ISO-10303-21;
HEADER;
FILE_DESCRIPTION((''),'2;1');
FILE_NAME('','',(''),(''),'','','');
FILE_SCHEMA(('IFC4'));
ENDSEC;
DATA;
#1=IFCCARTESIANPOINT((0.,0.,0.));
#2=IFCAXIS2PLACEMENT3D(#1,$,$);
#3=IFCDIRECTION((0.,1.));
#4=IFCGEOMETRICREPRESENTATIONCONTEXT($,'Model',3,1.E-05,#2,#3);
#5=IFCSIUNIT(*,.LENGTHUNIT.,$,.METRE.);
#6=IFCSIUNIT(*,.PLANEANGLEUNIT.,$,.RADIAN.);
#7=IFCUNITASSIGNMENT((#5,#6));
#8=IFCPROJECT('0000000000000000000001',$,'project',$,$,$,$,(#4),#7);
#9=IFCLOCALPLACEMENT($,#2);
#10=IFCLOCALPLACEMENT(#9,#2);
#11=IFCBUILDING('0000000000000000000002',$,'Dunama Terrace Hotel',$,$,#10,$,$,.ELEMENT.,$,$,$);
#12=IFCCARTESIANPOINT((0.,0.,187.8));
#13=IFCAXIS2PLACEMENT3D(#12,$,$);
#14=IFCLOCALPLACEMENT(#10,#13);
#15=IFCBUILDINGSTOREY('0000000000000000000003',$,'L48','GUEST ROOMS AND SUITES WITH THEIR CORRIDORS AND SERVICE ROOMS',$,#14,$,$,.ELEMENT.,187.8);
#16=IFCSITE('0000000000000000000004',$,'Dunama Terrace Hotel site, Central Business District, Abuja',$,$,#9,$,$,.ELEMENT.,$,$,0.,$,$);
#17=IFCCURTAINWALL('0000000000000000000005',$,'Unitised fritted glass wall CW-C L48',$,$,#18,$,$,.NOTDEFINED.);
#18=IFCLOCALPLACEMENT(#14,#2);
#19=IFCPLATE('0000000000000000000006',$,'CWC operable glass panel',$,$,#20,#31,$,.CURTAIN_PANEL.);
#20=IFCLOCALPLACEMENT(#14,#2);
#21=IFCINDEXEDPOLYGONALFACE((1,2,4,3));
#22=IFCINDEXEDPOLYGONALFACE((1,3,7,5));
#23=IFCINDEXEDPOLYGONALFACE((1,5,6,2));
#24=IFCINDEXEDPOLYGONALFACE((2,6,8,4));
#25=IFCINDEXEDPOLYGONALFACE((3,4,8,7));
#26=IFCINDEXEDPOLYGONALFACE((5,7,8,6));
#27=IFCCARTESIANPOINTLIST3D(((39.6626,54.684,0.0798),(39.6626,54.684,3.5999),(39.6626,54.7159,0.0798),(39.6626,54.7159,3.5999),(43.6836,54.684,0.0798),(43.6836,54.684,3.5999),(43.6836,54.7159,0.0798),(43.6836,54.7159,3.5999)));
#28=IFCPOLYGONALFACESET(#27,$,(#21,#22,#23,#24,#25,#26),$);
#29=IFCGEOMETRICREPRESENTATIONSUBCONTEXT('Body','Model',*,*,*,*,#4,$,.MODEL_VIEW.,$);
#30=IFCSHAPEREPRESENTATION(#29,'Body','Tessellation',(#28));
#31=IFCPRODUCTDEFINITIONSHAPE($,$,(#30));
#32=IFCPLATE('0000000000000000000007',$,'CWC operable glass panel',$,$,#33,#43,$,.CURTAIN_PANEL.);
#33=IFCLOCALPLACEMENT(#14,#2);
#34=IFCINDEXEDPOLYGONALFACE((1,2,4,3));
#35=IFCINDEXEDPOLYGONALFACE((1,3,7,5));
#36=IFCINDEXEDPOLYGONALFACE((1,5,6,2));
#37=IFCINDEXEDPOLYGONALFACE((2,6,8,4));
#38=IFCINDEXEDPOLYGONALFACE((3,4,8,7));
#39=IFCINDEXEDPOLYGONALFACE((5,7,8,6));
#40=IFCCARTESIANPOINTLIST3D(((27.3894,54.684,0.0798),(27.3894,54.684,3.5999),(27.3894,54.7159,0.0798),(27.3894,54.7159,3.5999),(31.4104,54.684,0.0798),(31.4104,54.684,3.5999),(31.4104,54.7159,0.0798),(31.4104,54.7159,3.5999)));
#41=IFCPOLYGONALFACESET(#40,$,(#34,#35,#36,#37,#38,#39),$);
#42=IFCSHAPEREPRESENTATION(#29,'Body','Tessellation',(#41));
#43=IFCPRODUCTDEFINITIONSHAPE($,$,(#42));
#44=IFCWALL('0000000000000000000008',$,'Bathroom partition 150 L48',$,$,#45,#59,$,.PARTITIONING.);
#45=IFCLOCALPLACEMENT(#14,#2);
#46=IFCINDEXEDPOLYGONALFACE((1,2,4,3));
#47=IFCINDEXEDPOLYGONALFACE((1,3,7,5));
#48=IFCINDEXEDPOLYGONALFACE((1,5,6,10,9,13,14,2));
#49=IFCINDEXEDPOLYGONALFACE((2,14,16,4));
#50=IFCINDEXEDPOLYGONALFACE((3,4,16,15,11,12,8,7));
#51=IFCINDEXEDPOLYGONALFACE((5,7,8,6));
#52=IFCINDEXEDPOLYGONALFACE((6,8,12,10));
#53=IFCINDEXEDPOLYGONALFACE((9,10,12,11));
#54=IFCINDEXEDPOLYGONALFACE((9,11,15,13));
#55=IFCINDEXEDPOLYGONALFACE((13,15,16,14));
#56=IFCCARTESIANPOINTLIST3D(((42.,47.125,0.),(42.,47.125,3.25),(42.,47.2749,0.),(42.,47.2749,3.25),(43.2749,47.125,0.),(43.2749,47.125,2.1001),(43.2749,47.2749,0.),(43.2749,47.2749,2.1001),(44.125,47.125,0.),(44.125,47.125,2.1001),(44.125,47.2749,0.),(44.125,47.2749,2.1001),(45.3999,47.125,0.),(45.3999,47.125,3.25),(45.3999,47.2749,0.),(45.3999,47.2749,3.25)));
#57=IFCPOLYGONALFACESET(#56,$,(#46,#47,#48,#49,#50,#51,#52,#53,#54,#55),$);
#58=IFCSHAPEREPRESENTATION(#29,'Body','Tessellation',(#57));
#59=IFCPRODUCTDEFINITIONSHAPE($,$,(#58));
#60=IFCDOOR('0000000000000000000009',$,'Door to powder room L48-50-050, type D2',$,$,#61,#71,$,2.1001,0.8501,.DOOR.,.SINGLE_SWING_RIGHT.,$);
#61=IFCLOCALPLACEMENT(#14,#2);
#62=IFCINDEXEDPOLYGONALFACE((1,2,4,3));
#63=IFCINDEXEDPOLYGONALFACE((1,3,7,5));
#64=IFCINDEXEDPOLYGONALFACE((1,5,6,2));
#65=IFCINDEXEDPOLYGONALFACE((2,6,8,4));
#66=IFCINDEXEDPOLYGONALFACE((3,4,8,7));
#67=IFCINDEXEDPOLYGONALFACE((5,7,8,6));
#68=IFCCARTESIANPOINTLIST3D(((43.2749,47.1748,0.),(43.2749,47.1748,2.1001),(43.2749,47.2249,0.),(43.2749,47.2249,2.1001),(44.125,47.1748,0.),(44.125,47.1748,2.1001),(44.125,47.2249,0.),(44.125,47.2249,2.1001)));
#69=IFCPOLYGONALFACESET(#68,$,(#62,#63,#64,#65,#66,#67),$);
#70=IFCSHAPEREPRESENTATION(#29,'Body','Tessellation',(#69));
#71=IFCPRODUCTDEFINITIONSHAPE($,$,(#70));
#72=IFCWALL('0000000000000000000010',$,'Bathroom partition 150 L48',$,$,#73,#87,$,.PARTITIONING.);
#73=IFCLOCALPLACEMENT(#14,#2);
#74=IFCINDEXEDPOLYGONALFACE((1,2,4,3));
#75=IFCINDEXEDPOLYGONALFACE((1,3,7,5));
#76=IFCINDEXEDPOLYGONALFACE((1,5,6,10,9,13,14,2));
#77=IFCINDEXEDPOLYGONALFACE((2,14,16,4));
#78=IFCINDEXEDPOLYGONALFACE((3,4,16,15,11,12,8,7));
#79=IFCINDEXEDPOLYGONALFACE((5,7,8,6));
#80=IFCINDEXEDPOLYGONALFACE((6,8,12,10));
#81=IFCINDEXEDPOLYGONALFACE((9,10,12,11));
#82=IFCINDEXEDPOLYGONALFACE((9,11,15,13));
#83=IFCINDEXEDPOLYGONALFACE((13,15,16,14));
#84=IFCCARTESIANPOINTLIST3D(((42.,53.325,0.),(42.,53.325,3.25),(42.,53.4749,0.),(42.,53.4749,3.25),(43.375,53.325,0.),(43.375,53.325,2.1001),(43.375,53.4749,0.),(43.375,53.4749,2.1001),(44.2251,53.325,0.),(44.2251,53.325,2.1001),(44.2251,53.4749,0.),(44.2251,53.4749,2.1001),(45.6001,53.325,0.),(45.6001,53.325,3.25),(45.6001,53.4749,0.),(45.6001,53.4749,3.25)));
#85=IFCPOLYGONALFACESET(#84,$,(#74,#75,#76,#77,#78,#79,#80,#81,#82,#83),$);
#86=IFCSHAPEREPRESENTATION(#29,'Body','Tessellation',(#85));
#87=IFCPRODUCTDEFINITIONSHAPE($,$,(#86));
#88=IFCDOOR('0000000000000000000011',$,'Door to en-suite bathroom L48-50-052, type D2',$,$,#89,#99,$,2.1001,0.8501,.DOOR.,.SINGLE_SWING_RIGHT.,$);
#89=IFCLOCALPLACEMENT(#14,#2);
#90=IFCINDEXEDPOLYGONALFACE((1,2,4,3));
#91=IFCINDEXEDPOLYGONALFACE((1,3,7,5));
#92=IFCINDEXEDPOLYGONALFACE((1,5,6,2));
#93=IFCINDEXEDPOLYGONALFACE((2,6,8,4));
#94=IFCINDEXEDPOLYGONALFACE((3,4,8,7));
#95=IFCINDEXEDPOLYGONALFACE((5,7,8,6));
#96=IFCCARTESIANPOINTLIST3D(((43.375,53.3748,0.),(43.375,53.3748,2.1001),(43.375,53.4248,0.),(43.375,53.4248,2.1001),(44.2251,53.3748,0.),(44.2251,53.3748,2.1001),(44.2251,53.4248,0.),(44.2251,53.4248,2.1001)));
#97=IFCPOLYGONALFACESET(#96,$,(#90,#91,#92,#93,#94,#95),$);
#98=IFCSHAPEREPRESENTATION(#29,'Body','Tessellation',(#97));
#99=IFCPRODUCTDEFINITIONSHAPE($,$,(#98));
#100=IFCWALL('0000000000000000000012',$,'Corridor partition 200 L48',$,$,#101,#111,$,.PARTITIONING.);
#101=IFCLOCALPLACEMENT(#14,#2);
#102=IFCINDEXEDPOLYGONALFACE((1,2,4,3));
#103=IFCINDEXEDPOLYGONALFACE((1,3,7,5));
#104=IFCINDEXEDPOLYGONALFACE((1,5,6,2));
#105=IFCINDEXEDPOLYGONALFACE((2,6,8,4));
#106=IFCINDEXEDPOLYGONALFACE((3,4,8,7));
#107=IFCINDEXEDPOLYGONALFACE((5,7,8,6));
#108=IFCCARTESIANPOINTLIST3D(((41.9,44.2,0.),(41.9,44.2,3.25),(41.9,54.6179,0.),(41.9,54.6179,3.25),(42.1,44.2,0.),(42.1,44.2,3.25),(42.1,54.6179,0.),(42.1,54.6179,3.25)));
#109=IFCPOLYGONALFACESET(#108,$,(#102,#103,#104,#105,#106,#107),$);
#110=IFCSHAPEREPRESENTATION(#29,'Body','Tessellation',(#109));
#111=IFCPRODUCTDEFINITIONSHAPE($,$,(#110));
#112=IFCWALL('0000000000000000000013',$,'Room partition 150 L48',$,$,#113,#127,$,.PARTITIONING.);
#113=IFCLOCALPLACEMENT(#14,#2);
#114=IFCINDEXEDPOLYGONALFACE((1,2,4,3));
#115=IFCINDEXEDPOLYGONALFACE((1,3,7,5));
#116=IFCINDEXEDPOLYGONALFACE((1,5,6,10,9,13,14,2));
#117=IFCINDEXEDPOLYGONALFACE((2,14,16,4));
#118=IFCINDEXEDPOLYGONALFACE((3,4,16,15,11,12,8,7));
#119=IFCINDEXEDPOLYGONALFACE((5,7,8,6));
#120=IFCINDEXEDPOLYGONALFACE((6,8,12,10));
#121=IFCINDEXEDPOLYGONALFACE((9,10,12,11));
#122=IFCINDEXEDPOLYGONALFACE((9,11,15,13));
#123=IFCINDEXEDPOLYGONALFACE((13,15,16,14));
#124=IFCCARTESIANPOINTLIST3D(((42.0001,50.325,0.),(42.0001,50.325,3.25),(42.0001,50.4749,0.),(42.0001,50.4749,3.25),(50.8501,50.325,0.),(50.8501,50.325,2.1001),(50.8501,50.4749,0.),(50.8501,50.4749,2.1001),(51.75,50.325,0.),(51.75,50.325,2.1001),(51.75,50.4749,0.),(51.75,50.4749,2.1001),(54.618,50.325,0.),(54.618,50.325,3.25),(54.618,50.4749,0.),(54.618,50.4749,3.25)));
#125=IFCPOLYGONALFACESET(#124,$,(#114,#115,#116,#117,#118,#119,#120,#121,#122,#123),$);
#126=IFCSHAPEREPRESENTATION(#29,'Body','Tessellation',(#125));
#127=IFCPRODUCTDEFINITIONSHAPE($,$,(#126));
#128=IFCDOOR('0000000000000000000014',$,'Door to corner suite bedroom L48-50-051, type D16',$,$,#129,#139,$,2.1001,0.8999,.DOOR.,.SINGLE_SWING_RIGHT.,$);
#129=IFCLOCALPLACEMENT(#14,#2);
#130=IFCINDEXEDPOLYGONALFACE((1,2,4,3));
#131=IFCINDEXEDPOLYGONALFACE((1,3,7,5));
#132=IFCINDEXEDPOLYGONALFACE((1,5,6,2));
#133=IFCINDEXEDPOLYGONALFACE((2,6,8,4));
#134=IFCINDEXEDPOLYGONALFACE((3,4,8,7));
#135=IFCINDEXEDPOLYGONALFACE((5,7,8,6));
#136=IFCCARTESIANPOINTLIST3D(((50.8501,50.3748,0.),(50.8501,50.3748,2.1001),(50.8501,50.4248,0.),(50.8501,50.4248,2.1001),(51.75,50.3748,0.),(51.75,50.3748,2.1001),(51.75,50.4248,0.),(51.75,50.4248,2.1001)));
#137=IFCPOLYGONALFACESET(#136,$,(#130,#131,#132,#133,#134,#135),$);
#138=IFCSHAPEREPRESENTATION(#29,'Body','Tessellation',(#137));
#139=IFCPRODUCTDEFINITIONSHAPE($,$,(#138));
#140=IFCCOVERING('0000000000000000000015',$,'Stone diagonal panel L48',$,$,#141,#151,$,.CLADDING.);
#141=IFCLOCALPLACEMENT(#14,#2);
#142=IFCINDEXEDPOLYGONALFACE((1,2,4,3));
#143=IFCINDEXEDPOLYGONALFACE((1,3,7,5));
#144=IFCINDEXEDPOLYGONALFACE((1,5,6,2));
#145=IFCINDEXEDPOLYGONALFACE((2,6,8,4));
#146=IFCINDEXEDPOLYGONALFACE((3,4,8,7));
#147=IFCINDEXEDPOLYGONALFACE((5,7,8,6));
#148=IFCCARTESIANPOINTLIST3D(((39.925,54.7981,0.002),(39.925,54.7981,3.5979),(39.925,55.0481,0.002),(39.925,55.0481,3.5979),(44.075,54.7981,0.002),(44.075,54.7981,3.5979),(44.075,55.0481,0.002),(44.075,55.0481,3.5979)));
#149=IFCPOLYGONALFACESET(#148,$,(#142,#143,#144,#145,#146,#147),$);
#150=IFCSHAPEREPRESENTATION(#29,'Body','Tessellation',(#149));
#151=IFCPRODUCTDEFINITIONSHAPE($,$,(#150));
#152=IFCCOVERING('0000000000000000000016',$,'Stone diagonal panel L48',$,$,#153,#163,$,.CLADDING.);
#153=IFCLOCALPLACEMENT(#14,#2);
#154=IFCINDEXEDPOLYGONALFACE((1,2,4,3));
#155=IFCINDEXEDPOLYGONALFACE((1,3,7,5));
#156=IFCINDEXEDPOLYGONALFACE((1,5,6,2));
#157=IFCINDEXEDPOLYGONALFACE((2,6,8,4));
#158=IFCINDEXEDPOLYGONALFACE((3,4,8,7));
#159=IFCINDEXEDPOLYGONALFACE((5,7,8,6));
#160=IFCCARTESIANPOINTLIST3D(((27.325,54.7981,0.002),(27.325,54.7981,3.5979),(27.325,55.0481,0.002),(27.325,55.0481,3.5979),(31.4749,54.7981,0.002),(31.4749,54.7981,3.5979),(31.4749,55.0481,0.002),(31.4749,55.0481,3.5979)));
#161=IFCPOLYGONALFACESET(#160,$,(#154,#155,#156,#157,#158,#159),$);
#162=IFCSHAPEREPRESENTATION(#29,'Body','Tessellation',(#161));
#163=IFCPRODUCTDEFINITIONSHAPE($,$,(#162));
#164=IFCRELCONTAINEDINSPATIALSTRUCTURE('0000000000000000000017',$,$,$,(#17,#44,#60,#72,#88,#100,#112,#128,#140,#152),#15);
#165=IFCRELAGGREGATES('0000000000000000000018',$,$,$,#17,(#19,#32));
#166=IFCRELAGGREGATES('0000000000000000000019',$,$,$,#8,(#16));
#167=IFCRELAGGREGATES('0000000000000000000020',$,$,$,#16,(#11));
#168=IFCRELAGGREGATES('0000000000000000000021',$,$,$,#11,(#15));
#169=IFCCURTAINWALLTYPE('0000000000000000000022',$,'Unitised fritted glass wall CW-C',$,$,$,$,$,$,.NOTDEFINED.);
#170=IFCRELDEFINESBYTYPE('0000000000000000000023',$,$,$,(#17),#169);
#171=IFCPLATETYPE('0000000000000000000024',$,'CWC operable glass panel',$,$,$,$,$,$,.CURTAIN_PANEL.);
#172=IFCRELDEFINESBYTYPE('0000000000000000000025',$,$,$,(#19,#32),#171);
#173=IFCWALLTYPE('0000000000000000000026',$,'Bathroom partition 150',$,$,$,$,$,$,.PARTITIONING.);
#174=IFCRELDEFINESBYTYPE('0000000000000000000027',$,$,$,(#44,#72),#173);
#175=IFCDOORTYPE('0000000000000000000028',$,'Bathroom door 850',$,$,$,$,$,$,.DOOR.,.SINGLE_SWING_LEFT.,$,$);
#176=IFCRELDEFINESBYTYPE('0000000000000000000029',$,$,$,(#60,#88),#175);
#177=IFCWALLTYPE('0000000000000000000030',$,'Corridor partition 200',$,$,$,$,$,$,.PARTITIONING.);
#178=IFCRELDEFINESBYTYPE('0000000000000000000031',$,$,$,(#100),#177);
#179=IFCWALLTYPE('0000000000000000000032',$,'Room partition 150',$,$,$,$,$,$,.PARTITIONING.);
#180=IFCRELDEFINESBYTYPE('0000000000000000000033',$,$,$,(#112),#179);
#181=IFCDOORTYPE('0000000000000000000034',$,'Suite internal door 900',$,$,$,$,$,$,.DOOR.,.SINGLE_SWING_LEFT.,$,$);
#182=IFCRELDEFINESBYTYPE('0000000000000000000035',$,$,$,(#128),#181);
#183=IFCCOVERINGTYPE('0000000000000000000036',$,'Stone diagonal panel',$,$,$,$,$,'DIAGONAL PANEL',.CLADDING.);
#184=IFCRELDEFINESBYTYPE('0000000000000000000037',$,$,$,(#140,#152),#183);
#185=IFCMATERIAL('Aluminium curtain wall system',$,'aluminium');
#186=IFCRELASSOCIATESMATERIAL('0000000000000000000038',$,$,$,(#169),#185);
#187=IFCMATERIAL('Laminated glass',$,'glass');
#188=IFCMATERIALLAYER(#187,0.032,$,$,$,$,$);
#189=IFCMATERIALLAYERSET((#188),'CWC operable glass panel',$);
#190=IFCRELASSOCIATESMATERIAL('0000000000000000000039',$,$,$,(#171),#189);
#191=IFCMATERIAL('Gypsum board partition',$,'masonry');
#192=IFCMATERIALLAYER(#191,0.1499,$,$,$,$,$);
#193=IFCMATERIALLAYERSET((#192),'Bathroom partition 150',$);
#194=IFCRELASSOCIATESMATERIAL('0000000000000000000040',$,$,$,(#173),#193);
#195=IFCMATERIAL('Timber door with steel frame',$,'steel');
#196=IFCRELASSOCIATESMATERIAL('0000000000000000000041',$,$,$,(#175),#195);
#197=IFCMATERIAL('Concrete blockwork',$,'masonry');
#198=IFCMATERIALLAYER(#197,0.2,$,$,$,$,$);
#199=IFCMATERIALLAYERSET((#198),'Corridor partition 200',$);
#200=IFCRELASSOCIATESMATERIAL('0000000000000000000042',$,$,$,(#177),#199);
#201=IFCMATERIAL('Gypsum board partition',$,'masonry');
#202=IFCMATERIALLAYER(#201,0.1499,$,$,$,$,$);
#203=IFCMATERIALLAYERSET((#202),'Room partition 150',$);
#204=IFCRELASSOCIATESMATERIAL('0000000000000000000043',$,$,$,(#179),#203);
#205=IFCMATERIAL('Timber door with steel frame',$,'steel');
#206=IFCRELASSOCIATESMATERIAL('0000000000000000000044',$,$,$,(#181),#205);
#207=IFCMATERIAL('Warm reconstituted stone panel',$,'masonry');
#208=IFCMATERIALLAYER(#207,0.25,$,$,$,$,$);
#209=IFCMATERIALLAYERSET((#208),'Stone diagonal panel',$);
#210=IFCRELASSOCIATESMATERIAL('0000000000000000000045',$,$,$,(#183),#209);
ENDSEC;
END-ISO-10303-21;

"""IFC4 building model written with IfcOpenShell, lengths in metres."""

from ifc_helpers import new_model, si_unit, direction, frame, frame_2d, origin, origin_2d, place, context, subcontext, project, spatial, rectangle, extrude, material, layer, layer_set, type_object, element, fill, aggregate, save


model = new_model("IFC4")

# Units and contexts
model_context = context("Model", 3, precision=1e-05, world=origin(), true_north=direction((0.0, 1.0)))
body_context = subcontext(model_context, "Body", "Model", "MODEL_VIEW")
ifc_project = project(units=[si_unit("LENGTHUNIT", "METRE"), si_unit("PLANEANGLEUNIT", "RADIAN")], contexts=[model_context])

# Site, building, storey
site_placement = place(None, origin())
site = spatial("IfcSite", under=ifc_project, at=site_placement, Name="Dunama Terrace Hotel site, Central Business District, Abuja", CompositionType="ELEMENT", RefElevation=0.0)
building_placement = place(site_placement, origin())
building = spatial("IfcBuilding", under=site, at=building_placement, Name="Dunama Terrace Hotel", CompositionType="ELEMENT")
storey_placement = place(building_placement, frame((0.0, 0.0, 187.8)))
storey = spatial("IfcBuildingStorey", under=building, at=storey_placement, Name="L48", Description="GUEST ROOMS AND SUITES WITH THEIR CORRIDORS AND SERVICE ROOMS", CompositionType="ELEMENT", Elevation=187.8)

# Curtain wall
ifc_material_1 = material(Name="Aluminium curtain wall system", Category="aluminium")
curtain_wall_type = type_object("IfcCurtainWallType", Name="Unitised fritted glass wall CW-C", PredefinedType="NOTDEFINED", material=ifc_material_1)
curtain_wall_placement = place(storey_placement, origin())
curtain_wall = element("IfcCurtainWall", 1, at=curtain_wall_placement, inside=storey, type_object=curtain_wall_type, Name="Unitised fritted glass wall CW-C L48", PredefinedType="NOTDEFINED")

# Plates
ifc_material_2 = material(Name="Laminated glass", Category="glass")
ifc_layer_1 = layer(ifc_material_2, 0.032)
ifc_layer_set_1 = layer_set([ifc_layer_1], Name="CWC operable glass panel")
plate_type_1 = type_object("IfcPlateType", Name="CWC operable glass panel", PredefinedType="CURTAIN_PANEL", material=ifc_layer_set_1)
plate_1_placement = place(storey_placement, frame((41.6731, 54.7, 0.0798), z_axis=(0.0, 0.0, 1.0), x_axis=(-1.0, 0.0, 0.0)))
plate_1 = element("IfcPlate", 2, at=plate_1_placement, type_object=plate_type_1, Name="CWC operable glass panel", PredefinedType="CURTAIN_PANEL", context=body_context, shape_type="SweptSolid", body=[
    extrude(rectangle(XDim=4.021, YDim=0.032, at=origin_2d()), origin(), (0.0, 0.0, 1.0), 3.52),
])
plate_2_placement = place(storey_placement, frame((29.3999, 54.7, 0.0798), z_axis=(0.0, 0.0, 1.0), x_axis=(-1.0, 0.0, 0.0)))
plate_2 = element("IfcPlate", 3, at=plate_2_placement, type_object=plate_type_1, Name="CWC operable glass panel", PredefinedType="CURTAIN_PANEL", context=body_context, shape_type="SweptSolid", body=[
    extrude(rectangle(XDim=4.021, YDim=0.032, at=origin_2d()), origin(), (0.0, 0.0, 1.0), 3.52),
])
aggregate(curtain_wall, [plate_1, plate_2])

# Walls, openings, doors
ifc_material_3 = material(Name="Gypsum board partition", Category="masonry")
ifc_layer_2 = layer(ifc_material_3, 0.1499)
ifc_layer_set_2 = layer_set([ifc_layer_2], Name="Bathroom partition 150")
wall_type_1 = type_object("IfcWallType", Name="Bathroom partition 150", PredefinedType="PARTITIONING", material=ifc_layer_set_2)
wall_1_placement = place(storey_placement, frame((42.0, 47.2, 0.0), z_axis=(0.0, 0.0, 1.0), x_axis=(1.0, 0.0, 0.0)))
wall_1 = element("IfcWall", 4, at=wall_1_placement, inside=storey, type_object=wall_type_1, Name="Bathroom partition 150 L48", PredefinedType="PARTITIONING", context=body_context, shape_type="SweptSolid", body=[
    extrude(rectangle(XDim=3.3999, YDim=0.1499, at=frame_2d((1.7, 0.0))), origin(), (0.0, 0.0, 1.0), 3.25),
])
opening_1_placement = place(wall_1_placement, frame((1.2749, 0.0, 0.0)))
opening_1 = element("IfcOpeningElement", 5, at=opening_1_placement, cuts=wall_1, PredefinedType="OPENING", context=body_context, shape_type="SweptSolid", body=[
    extrude(rectangle(XDim=0.8501, YDim=2.1001, at=frame_2d((0.425, 1.05))), frame((0.0, 0.085, 0.0), z_axis=(0.0, -1.0, 0.0), x_axis=(1.0, 0.0, 0.0)), (0.0, 0.0, 1.0), 0.1699),
])
ifc_material_4 = material(Name="Timber door with steel frame", Category="steel")
door_type_1 = type_object("IfcDoorType", Name="Bathroom door 850", OperationType="SINGLE_SWING_LEFT", PredefinedType="DOOR", material=ifc_material_4)
door_1_placement = place(opening_1_placement, frame((0.8501, 0.0, 0.0), z_axis=(0.0, 0.0, 1.0), x_axis=(-1.0, 0.0, 0.0)))
door_1 = element("IfcDoor", 6, at=door_1_placement, inside=storey, type_object=door_type_1, Name="Door to powder room L48-50-050, type D2", OperationType="SINGLE_SWING_RIGHT", OverallHeight=2.1001, OverallWidth=0.8501, PredefinedType="DOOR", context=body_context, shape_type="SweptSolid", body=[
    extrude(rectangle(XDim=0.8501, YDim=2.1001, at=frame_2d((0.425, 1.05))), frame((0.0, 0.0251, 0.0), z_axis=(0.0, -1.0, 0.0), x_axis=(1.0, 0.0, 0.0)), (0.0, 0.0, 1.0), 0.05),
])
fill(opening_1, door_1)
wall_2_placement = place(storey_placement, frame((42.0, 53.3999, 0.0), z_axis=(0.0, 0.0, 1.0), x_axis=(1.0, 0.0, 0.0)))
wall_2 = element("IfcWall", 7, at=wall_2_placement, inside=storey, type_object=wall_type_1, Name="Bathroom partition 150 L48", PredefinedType="PARTITIONING", context=body_context, shape_type="SweptSolid", body=[
    extrude(rectangle(XDim=3.6001, YDim=0.1499, at=frame_2d((1.8, 0.0))), origin(), (0.0, 0.0, 1.0), 3.25),
])
opening_2_placement = place(wall_2_placement, frame((1.375, 0.0, 0.0)))
opening_2 = element("IfcOpeningElement", 8, at=opening_2_placement, cuts=wall_2, PredefinedType="OPENING", context=body_context, shape_type="SweptSolid", body=[
    extrude(rectangle(XDim=0.8501, YDim=2.1001, at=frame_2d((0.425, 1.05))), frame((0.0, 0.085, 0.0), z_axis=(0.0, -1.0, 0.0), x_axis=(1.0, 0.0, 0.0)), (0.0, 0.0, 1.0), 0.1699),
])
door_2_placement = place(opening_2_placement, frame((0.8501, 0.0, 0.0), z_axis=(0.0, 0.0, 1.0), x_axis=(-1.0, 0.0, 0.0)))
door_2 = element("IfcDoor", 9, at=door_2_placement, inside=storey, type_object=door_type_1, Name="Door to en-suite bathroom L48-50-052, type D2", OperationType="SINGLE_SWING_RIGHT", OverallHeight=2.1001, OverallWidth=0.8501, PredefinedType="DOOR", context=body_context, shape_type="SweptSolid", body=[
    extrude(rectangle(XDim=0.8501, YDim=2.1001, at=frame_2d((0.425, 1.05))), frame((0.0, 0.0251, 0.0), z_axis=(0.0, -1.0, 0.0), x_axis=(1.0, 0.0, 0.0)), (0.0, 0.0, 1.0), 0.05),
])
fill(opening_2, door_2)

# Wall
ifc_material_5 = material(Name="Concrete blockwork", Category="masonry")
ifc_layer_3 = layer(ifc_material_5, 0.2)
ifc_layer_set_3 = layer_set([ifc_layer_3], Name="Corridor partition 200")
wall_type_2 = type_object("IfcWallType", Name="Corridor partition 200", PredefinedType="PARTITIONING", material=ifc_layer_set_3)
wall_3_placement = place(storey_placement, frame((42.0, 54.6179, 0.0), z_axis=(0.0, 0.0, 1.0), x_axis=(0.0, -1.0, 0.0)))
element("IfcWall", 10, at=wall_3_placement, inside=storey, type_object=wall_type_2, Name="Corridor partition 200 L48", PredefinedType="PARTITIONING", context=body_context, shape_type="SweptSolid", body=[
    extrude(rectangle(XDim=10.418, YDim=0.2, at=frame_2d((5.209, 0.0))), origin(), (0.0, 0.0, 1.0), 3.25),
])

# Wall, opening, door
ifc_material_6 = material(Name="Gypsum board partition", Category="masonry")
ifc_layer_4 = layer(ifc_material_6, 0.1499)
ifc_layer_set_4 = layer_set([ifc_layer_4], Name="Room partition 150")
wall_type_3 = type_object("IfcWallType", Name="Room partition 150", PredefinedType="PARTITIONING", material=ifc_layer_set_4)
wall_4_placement = place(storey_placement, frame((42.0, 50.3999, 0.0), z_axis=(0.0, 0.0, 1.0), x_axis=(1.0, 0.0, 0.0)))
wall_4 = element("IfcWall", 11, at=wall_4_placement, inside=storey, type_object=wall_type_3, Name="Room partition 150 L48", PredefinedType="PARTITIONING", context=body_context, shape_type="SweptSolid", body=[
    extrude(rectangle(XDim=12.6179, YDim=0.1499, at=frame_2d((6.3091, 0.0))), origin(), (0.0, 0.0, 1.0), 3.25),
])
opening_3_placement = place(wall_4_placement, frame((8.8501, 0.0, 0.0)))
opening_3 = element("IfcOpeningElement", 12, at=opening_3_placement, cuts=wall_4, PredefinedType="OPENING", context=body_context, shape_type="SweptSolid", body=[
    extrude(rectangle(XDim=0.8999, YDim=2.1001, at=frame_2d((0.45, 1.05))), frame((0.0, 0.085, 0.0), z_axis=(0.0, -1.0, 0.0), x_axis=(1.0, 0.0, 0.0)), (0.0, 0.0, 1.0), 0.1699),
])
ifc_material_7 = material(Name="Timber door with steel frame", Category="steel")
door_type_2 = type_object("IfcDoorType", Name="Suite internal door 900", OperationType="SINGLE_SWING_LEFT", PredefinedType="DOOR", material=ifc_material_7)
door_3_placement = place(opening_3_placement, origin())
door_3 = element("IfcDoor", 13, at=door_3_placement, inside=storey, type_object=door_type_2, Name="Door to corner suite bedroom L48-50-051, type D16", OperationType="SINGLE_SWING_RIGHT", OverallHeight=2.1001, OverallWidth=0.8999, PredefinedType="DOOR", context=body_context, shape_type="SweptSolid", body=[
    extrude(rectangle(XDim=0.8999, YDim=2.1001, at=frame_2d((0.45, 1.05))), frame((0.0, 0.0249, 0.0), z_axis=(0.0, -1.0, 0.0), x_axis=(1.0, 0.0, 0.0)), (0.0, 0.0, 1.0), 0.05),
])
fill(opening_3, door_3)

# Coverings
ifc_material_8 = material(Name="Warm reconstituted stone panel", Category="masonry")
ifc_layer_5 = layer(ifc_material_8, 0.25)
ifc_layer_set_5 = layer_set([ifc_layer_5], Name="Stone diagonal panel")
covering_type = type_object("IfcCoveringType", Name="Stone diagonal panel", ElementType="DIAGONAL PANEL", PredefinedType="CLADDING", material=ifc_layer_set_5)
for number, where, z_axis, x_axis, name in (
    (14, (42.0, 54.9231, 0.002), (0.0, 0.0, 1.0), (-1.0, 0.0, 0.0), "Stone diagonal panel L48"),
    (15, (29.3999, 54.9231, 0.002), (0.0, 0.0, 1.0), (-1.0, 0.0, 0.0), "Stone diagonal panel L48"),
):
    element("IfcCovering", number, at=place(storey_placement, frame(where, z_axis=z_axis, x_axis=x_axis)), inside=storey, type_object=covering_type, Name=name, PredefinedType="CLADDING", context=body_context, shape_type="SweptSolid", body=[
        extrude(rectangle(XDim=4.1499, YDim=0.25, at=origin_2d()), origin(), (0.0, 0.0, 1.0), 3.5959),
    ])

save(model, "model.ifc")
